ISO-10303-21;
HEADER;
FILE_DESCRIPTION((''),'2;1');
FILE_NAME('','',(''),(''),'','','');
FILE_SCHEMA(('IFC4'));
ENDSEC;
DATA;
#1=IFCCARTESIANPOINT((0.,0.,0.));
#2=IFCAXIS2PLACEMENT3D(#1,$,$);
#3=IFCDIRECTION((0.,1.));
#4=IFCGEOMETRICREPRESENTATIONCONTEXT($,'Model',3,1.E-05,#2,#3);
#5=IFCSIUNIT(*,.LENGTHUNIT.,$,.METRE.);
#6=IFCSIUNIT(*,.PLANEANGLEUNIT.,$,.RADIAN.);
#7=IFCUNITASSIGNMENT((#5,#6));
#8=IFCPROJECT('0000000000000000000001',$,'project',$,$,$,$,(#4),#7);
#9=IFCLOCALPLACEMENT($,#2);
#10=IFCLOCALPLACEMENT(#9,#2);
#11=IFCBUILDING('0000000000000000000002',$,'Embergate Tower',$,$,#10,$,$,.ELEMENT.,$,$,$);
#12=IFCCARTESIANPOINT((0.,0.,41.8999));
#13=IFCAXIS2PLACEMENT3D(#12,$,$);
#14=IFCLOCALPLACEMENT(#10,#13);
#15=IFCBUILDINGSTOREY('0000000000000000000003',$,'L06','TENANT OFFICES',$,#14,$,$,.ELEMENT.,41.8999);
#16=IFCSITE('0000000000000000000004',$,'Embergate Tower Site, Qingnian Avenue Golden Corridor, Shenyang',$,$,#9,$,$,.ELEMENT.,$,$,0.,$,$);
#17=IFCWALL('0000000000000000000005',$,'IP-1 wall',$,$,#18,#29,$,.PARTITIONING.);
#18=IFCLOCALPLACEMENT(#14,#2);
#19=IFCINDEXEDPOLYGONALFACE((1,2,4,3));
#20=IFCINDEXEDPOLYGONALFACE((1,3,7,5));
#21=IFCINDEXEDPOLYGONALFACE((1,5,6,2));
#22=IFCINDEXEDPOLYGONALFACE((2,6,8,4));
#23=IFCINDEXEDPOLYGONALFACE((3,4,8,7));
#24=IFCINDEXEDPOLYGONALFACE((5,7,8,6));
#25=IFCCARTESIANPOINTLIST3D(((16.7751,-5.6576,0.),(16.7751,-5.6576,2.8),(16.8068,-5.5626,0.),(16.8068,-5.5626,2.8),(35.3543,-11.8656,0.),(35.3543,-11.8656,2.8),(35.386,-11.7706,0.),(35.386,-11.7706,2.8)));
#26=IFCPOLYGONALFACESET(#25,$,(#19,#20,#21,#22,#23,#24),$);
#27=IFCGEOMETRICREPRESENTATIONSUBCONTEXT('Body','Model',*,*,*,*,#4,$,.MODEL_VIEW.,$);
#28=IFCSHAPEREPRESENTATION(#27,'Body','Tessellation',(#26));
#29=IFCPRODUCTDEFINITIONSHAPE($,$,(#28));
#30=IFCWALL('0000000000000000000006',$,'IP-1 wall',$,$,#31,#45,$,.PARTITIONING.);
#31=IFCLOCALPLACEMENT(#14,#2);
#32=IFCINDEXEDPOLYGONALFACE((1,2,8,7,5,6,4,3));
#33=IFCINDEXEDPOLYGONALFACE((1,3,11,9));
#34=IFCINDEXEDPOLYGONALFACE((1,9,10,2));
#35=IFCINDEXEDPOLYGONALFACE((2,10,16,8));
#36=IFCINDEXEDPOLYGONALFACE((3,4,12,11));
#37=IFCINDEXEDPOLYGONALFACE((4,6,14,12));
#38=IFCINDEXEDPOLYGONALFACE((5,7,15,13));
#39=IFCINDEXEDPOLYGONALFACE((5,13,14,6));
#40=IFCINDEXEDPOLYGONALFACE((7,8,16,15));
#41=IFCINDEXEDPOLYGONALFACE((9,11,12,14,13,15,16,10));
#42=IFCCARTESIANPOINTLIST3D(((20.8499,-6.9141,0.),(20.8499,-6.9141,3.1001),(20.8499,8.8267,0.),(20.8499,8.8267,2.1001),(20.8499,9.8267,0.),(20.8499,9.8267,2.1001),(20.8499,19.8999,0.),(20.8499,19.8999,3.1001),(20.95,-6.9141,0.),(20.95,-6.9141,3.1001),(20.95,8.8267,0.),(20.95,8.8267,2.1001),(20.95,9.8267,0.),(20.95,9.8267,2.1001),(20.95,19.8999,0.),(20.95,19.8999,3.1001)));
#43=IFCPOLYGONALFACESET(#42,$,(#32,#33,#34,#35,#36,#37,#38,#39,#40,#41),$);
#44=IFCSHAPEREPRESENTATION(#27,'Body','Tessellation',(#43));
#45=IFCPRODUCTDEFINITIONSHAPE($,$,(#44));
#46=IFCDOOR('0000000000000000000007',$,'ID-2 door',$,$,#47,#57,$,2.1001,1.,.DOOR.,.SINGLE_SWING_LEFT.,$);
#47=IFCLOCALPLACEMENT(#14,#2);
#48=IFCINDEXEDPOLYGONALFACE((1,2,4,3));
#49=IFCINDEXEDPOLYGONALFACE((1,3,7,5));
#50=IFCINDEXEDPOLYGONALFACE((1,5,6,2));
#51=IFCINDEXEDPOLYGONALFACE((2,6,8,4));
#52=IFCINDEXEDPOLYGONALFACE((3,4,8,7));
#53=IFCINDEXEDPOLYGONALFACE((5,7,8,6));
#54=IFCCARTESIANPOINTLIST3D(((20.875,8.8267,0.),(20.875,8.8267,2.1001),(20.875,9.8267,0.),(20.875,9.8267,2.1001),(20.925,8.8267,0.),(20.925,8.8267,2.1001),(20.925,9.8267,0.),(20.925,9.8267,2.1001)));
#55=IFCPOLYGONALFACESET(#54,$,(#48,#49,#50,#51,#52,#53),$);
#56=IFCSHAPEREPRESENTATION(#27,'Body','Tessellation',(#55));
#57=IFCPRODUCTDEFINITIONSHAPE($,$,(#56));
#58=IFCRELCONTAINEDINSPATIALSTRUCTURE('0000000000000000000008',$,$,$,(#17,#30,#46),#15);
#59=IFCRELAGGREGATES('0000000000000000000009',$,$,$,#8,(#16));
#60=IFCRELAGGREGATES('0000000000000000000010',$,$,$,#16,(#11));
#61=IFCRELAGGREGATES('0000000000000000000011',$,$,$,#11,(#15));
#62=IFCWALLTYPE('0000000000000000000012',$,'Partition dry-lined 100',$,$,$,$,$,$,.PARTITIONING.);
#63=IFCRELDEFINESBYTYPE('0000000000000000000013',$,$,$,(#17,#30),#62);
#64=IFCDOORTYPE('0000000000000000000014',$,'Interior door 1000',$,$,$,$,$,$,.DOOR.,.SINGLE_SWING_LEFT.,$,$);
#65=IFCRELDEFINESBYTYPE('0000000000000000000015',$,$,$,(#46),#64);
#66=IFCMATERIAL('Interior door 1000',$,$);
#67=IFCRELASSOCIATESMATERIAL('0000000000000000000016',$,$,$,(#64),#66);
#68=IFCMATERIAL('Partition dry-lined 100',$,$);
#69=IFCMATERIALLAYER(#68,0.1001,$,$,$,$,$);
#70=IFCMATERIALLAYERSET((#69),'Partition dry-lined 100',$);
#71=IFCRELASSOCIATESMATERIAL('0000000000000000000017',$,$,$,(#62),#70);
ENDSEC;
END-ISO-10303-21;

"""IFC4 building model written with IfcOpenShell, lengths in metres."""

from ifc_helpers import new_model, si_unit, direction, frame, frame_2d, origin, place, context, subcontext, project, spatial, rectangle, extrude, source, transform, mapped, material, layer, layer_set, type_object, element, fill, save


model = new_model("IFC4")

# Units and contexts
model_context = context("Model", 3, precision=1e-05, world=origin(), true_north=direction((0.0, 1.0)))
body_context = subcontext(model_context, "Body", "Model", "MODEL_VIEW")
ifc_project = project(units=[si_unit("LENGTHUNIT", "METRE"), si_unit("PLANEANGLEUNIT", "RADIAN")], contexts=[model_context])

# Site, building, storey
site_placement = place(None, origin())
site = spatial("IfcSite", under=ifc_project, at=site_placement, Name="Embergate Tower Site, Qingnian Avenue Golden Corridor, Shenyang", CompositionType="ELEMENT", RefElevation=0.0)
building_placement = place(site_placement, origin())
building = spatial("IfcBuilding", under=site, at=building_placement, Name="Embergate Tower", CompositionType="ELEMENT")
storey_placement = place(building_placement, frame((0.0, 0.0, 41.8999)))
storey = spatial("IfcBuildingStorey", under=building, at=storey_placement, Name="L06", Description="TENANT OFFICES", CompositionType="ELEMENT", Elevation=41.8999)

# Shared definitions
ifc_material_1 = material(Name="Interior door 1000")
door_type_1 = type_object("IfcDoorType", Name="Interior door 1000", OperationType="SINGLE_SWING_LEFT", PredefinedType="DOOR", material=ifc_material_1)
shared_shape_1 = source(origin(), body_context, "Body", "SweptSolid", [
    extrude(rectangle(XDim=1.0, YDim=2.1001, at=frame_2d((0.5, 1.05))), frame((0.0, 0.0249, 0.0), z_axis=(0.0, -1.0, 0.0), x_axis=(1.0, 0.0, 0.0)), (0.0, 0.0, 1.0), 0.05),
])

# Shared definitions
ifc_material_2 = material(Name="Partition dry-lined 100")
ifc_layer_1 = layer(ifc_material_2, 0.1001)
ifc_layer_set_1 = layer_set([ifc_layer_1], Name="Partition dry-lined 100")
wall_type_1 = type_object("IfcWallType", Name="Partition dry-lined 100", PredefinedType="PARTITIONING", material=ifc_layer_set_1)

# Shared definitions
shared_shape_2 = source(origin(), body_context, "Body", "SweptSolid", [
    extrude(rectangle(XDim=1.0, YDim=2.1001, at=frame_2d((0.5, 1.05))), frame((0.0, 0.0601, 0.0), z_axis=(0.0, -1.0, 0.0), x_axis=(1.0, 0.0, 0.0)), (0.0, 0.0, 1.0), 0.1201),
])

# Wall
shared_shape_3 = source(origin(), body_context, "Body", "SweptSolid", [
    extrude(rectangle(XDim=19.5889, YDim=0.1001, at=frame_2d((9.7944, 0.0))), origin(), (0.0, 0.0, 1.0), 2.8),
])
wall_1_placement = place(storey_placement, frame((35.3701, -11.8181, 0.0), z_axis=(0.0, 0.0, 1.0), x_axis=(-0.948454, 0.316916, 0.0)))
element("IfcWall", 1, at=wall_1_placement, inside=storey, type_object=wall_type_1, Name="IP-1 wall", PredefinedType="PARTITIONING", context=body_context, shape_type="MappedRepresentation", body=[
    mapped(shared_shape_3, transform((0.0, 0.0, 0.0))),
])

# Wall, opening, door
shared_shape_4 = source(origin(), body_context, "Body", "SweptSolid", [
    extrude(rectangle(XDim=26.814, YDim=0.1001, at=frame_2d((13.407, 0.0))), origin(), (0.0, 0.0, 1.0), 3.1001),
])
wall_2_placement = place(storey_placement, frame((20.8999, -6.9141, 0.0), z_axis=(0.0, 0.0, 1.0), x_axis=(0.0, 1.0, 0.0)))
wall_2 = element("IfcWall", 2, at=wall_2_placement, inside=storey, type_object=wall_type_1, Name="IP-1 wall", PredefinedType="PARTITIONING", context=body_context, shape_type="MappedRepresentation", body=[
    mapped(shared_shape_4, transform((0.0, 0.0, 0.0))),
])
opening_1_placement = place(wall_2_placement, frame((15.7407, 0.0, 0.0)))
opening_1 = element("IfcOpeningElement", 3, at=opening_1_placement, cuts=wall_2, PredefinedType="OPENING", context=body_context, shape_type="MappedRepresentation", body=[
    mapped(shared_shape_2, transform((0.0, 0.0, 0.0))),
])
door_1_placement = place(opening_1_placement, origin())
door_1 = element("IfcDoor", 4, at=door_1_placement, inside=storey, type_object=door_type_1, Name="ID-2 door", OperationType="SINGLE_SWING_LEFT", OverallHeight=2.1001, OverallWidth=1.0, PredefinedType="DOOR", context=body_context, shape_type="MappedRepresentation", body=[
    mapped(shared_shape_1, transform((0.0, 0.0, 0.0))),
])
fill(opening_1, door_1)

save(model, "model.ifc")
